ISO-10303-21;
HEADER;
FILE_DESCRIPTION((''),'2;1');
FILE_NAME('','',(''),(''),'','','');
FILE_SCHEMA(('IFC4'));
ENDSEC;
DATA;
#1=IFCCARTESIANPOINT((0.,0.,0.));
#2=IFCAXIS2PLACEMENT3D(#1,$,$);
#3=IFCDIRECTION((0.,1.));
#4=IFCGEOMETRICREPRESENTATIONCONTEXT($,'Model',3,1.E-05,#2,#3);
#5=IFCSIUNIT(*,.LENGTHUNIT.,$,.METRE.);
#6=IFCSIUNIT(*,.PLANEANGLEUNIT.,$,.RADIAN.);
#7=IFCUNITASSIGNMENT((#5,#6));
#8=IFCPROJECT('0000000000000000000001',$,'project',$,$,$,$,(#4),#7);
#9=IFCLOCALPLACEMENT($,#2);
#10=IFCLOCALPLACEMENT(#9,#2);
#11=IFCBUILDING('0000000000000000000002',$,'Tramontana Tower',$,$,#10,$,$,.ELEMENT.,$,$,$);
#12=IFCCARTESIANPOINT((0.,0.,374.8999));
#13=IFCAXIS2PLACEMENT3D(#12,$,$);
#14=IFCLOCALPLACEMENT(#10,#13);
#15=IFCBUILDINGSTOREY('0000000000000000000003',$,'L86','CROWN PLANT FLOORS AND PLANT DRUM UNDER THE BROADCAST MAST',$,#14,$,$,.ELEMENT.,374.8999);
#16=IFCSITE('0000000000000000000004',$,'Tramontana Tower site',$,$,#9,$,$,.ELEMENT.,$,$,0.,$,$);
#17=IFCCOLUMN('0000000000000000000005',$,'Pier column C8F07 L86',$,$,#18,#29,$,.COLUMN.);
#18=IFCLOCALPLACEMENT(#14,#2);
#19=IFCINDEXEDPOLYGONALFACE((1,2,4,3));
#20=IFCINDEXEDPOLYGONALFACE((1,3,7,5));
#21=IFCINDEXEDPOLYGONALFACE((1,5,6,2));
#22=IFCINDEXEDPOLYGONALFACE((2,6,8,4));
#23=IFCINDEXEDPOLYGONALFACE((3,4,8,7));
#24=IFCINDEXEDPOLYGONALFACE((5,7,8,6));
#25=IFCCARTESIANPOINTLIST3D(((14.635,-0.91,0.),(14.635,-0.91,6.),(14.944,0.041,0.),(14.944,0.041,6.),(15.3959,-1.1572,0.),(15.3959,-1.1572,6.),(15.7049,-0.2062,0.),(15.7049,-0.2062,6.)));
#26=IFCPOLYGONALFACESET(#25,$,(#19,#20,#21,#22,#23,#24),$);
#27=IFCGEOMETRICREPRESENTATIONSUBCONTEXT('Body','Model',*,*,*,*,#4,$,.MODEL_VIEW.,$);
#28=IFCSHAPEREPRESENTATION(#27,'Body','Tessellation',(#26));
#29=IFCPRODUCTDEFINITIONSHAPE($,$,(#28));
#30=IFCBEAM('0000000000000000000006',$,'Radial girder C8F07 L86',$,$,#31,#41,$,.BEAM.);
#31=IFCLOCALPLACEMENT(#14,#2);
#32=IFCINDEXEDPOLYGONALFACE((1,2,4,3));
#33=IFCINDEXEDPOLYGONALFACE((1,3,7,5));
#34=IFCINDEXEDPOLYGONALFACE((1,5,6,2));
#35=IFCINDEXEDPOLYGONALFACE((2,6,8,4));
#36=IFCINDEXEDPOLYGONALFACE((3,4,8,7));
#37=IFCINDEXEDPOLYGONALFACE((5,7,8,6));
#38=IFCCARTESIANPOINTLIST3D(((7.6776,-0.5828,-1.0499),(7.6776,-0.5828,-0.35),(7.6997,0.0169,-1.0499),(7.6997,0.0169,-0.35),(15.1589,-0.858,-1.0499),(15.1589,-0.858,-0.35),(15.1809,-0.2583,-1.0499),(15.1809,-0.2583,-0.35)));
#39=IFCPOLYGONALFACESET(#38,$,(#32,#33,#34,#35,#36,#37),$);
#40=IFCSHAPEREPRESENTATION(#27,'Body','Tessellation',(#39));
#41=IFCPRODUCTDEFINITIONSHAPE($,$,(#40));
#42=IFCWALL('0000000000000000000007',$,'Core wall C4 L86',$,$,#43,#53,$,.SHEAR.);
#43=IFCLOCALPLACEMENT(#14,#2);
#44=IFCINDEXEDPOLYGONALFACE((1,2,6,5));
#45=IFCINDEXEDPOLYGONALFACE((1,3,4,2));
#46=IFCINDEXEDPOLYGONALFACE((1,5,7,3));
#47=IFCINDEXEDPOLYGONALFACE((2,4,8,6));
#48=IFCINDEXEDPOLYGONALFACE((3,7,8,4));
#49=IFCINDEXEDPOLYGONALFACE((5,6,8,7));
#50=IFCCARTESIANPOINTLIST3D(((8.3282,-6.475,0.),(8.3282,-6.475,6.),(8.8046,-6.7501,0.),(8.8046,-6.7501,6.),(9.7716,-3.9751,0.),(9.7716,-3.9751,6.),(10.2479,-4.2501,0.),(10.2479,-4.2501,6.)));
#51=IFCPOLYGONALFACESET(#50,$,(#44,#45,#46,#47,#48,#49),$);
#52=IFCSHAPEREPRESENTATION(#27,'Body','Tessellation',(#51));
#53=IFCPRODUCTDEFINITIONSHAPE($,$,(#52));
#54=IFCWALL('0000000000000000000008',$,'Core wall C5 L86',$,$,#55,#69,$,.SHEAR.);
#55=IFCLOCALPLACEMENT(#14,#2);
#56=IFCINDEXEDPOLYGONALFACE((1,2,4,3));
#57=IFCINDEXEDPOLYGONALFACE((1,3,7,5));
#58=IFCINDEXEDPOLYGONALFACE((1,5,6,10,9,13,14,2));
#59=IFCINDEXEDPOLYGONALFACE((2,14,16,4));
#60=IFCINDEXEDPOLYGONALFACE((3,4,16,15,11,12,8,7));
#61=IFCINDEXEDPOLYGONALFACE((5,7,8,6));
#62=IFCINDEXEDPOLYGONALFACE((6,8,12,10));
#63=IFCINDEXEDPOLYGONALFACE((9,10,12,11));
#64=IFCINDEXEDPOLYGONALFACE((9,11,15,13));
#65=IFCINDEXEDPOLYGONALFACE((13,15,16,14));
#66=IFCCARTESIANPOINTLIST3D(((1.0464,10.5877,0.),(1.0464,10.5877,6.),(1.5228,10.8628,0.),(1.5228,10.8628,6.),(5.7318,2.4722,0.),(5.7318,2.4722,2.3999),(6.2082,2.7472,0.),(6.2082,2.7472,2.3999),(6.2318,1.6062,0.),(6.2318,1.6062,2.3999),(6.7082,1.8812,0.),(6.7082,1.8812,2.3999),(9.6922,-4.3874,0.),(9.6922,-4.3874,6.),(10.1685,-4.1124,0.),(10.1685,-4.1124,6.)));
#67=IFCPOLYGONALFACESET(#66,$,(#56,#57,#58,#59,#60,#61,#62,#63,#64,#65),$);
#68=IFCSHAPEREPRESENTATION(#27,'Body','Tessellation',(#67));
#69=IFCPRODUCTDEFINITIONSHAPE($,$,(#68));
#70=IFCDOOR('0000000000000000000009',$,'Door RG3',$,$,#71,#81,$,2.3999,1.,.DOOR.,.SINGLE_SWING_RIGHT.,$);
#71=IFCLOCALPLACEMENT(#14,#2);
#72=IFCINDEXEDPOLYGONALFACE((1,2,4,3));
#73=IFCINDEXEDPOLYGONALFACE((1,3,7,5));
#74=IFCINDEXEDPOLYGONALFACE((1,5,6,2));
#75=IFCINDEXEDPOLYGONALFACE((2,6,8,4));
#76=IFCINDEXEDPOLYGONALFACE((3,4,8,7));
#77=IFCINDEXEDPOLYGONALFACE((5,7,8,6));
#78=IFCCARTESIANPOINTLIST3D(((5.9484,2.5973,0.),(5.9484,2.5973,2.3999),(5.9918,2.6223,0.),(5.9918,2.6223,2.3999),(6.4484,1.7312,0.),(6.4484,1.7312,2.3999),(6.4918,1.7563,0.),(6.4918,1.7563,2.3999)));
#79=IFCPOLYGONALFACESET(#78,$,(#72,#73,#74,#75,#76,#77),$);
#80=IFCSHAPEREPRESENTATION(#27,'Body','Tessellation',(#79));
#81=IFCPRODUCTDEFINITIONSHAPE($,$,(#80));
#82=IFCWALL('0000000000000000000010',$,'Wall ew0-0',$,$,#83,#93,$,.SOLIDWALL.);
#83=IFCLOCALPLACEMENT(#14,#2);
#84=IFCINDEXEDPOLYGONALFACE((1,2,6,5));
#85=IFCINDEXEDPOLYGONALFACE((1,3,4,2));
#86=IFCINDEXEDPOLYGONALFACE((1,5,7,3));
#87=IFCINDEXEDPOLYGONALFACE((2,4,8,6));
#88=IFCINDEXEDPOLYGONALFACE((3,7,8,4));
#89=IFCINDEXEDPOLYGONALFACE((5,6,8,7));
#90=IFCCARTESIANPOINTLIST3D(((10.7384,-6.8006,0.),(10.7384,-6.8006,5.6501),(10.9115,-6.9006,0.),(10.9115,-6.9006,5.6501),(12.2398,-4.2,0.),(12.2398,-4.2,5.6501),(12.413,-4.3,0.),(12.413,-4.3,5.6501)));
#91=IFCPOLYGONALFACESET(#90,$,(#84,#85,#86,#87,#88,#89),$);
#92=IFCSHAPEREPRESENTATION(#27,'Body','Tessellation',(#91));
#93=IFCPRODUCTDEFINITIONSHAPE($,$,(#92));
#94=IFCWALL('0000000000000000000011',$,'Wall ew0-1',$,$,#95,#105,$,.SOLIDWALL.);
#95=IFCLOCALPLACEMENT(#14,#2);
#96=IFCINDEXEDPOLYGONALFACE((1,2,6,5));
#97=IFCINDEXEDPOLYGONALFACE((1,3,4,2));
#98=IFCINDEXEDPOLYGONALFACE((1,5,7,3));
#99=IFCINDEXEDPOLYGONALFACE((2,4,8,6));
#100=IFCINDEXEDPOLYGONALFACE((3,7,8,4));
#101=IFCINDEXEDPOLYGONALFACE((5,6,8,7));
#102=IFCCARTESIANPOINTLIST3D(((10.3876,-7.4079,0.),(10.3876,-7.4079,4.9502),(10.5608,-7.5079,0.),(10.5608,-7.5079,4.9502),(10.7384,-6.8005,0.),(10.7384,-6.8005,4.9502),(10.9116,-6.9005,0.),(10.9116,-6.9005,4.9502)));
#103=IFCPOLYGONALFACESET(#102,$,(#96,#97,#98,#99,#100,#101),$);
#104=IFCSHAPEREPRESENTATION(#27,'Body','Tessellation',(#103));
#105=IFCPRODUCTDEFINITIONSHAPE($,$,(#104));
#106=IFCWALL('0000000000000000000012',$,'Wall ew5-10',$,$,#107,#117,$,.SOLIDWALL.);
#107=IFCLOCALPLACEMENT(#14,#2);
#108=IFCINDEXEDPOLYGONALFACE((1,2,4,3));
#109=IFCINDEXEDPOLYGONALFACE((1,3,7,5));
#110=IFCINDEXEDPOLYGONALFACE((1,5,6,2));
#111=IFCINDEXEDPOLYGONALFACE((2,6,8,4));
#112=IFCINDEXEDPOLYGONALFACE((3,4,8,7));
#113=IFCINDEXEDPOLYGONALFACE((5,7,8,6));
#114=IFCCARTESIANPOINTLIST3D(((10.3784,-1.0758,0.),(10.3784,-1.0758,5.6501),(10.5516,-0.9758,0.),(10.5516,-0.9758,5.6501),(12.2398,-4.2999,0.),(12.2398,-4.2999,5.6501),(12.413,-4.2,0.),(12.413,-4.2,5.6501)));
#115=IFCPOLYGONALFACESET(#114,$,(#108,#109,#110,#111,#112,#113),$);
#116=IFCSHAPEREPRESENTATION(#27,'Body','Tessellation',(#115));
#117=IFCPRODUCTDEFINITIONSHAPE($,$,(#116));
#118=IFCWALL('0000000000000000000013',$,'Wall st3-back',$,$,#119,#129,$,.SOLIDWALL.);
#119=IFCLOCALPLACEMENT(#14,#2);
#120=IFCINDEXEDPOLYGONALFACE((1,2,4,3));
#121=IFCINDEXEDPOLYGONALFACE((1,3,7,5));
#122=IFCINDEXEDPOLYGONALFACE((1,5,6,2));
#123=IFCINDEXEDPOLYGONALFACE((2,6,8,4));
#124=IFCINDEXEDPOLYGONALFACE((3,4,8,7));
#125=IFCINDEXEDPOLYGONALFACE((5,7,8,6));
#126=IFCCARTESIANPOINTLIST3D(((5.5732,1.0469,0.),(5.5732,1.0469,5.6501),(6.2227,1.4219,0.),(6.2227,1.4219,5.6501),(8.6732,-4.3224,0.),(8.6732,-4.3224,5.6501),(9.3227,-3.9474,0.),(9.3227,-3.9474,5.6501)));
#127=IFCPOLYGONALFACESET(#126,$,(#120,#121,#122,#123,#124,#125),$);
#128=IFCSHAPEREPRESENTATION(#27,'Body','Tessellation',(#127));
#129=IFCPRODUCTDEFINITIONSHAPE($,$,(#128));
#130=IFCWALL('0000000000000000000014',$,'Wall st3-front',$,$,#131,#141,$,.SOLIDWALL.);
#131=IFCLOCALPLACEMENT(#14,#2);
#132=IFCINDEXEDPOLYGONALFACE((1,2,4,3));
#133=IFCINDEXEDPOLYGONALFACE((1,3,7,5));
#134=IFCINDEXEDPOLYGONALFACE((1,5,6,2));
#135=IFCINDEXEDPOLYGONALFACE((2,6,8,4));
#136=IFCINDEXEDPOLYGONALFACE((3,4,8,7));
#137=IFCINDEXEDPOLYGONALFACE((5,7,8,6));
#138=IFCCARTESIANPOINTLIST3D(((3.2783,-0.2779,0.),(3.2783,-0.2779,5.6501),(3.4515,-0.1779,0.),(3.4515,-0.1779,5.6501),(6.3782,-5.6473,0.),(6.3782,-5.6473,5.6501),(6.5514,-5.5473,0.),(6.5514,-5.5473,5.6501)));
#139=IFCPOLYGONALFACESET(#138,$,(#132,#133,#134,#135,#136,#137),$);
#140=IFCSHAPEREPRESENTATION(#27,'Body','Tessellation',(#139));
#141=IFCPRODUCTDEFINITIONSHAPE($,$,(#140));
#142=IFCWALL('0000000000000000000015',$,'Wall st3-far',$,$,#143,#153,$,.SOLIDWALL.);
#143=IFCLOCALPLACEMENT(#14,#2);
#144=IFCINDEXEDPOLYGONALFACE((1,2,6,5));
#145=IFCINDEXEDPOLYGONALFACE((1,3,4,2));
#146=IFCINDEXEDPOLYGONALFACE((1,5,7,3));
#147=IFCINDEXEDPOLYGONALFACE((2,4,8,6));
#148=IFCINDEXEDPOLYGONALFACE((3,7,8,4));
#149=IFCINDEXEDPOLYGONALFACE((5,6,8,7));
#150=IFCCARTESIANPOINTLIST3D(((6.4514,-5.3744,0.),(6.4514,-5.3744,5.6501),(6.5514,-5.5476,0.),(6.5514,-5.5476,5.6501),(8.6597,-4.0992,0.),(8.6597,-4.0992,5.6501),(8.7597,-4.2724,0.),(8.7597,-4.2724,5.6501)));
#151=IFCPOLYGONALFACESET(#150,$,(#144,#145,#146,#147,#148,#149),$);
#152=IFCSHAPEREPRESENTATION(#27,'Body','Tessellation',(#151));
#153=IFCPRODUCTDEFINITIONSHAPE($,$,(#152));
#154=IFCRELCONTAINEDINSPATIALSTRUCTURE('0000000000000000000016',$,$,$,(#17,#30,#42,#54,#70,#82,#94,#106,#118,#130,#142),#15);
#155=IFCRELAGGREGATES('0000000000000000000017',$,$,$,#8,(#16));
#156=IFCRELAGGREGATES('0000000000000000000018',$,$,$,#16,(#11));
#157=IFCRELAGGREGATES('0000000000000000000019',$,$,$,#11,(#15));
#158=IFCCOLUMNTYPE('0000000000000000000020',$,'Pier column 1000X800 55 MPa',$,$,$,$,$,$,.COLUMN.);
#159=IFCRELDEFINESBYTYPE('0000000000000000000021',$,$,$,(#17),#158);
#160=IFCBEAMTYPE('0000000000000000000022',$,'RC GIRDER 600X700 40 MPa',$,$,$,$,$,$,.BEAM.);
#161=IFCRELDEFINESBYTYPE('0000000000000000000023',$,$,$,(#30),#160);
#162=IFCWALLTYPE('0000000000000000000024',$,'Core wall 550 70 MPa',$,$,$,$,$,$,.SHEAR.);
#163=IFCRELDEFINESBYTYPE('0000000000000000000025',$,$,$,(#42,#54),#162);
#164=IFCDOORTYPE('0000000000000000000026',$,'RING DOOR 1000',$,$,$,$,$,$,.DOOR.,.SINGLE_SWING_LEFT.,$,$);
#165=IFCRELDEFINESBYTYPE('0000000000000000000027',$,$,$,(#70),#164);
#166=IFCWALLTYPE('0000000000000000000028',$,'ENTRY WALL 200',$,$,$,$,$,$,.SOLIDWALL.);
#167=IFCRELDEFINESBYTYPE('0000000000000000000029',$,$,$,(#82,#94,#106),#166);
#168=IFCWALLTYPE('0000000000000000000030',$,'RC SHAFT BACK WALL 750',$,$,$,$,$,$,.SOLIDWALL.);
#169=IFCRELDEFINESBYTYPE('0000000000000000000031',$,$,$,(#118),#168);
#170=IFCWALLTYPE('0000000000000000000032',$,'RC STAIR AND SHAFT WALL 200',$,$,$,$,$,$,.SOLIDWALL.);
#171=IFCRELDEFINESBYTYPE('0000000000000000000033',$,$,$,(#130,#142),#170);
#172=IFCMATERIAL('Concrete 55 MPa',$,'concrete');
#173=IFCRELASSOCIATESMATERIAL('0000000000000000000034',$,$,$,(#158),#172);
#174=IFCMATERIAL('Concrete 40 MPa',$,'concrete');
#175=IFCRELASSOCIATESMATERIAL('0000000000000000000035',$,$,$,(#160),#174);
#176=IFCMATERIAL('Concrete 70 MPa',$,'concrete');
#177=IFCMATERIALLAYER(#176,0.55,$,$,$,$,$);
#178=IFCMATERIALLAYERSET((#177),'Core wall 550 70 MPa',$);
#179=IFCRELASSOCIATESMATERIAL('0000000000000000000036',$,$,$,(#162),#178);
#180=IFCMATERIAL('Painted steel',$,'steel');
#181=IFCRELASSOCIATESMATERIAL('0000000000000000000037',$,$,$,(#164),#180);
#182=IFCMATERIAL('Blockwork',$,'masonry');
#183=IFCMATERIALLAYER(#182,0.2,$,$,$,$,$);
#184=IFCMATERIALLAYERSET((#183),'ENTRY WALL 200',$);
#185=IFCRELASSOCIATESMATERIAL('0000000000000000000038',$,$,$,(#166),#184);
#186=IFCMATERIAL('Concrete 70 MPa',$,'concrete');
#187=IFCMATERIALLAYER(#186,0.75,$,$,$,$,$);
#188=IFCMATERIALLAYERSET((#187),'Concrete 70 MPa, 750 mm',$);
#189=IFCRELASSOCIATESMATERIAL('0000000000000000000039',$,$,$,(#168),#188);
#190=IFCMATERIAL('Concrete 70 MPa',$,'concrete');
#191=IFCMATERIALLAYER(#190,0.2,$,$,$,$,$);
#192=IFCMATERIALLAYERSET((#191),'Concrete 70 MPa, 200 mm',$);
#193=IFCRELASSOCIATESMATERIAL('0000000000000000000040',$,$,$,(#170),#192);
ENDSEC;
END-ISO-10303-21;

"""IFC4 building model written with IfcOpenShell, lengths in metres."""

from ifc_helpers import new_model, si_unit, direction, frame, frame_2d, origin, origin_2d, place, context, subcontext, project, spatial, rectangle, extrude, material, layer, layer_set, material_profile, profile_set, type_object, element, fill, save


model = new_model("IFC4")

# Units and contexts
model_context = context("Model", 3, precision=1e-05, world=origin(), true_north=direction((0.0, 1.0)))
body_context = subcontext(model_context, "Body", "Model", "MODEL_VIEW")
ifc_project = project(units=[si_unit("LENGTHUNIT", "METRE"), si_unit("PLANEANGLEUNIT", "RADIAN")], contexts=[model_context])

# Site, building, storey
site_placement = place(None, origin())
site = spatial("IfcSite", under=ifc_project, at=site_placement, Name="Tramontana Tower site", CompositionType="ELEMENT", RefElevation=0.0)
building_placement = place(site_placement, origin())
building = spatial("IfcBuilding", under=site, at=building_placement, Name="Tramontana Tower", CompositionType="ELEMENT")
storey_placement = place(building_placement, frame((0.0, 0.0, 374.8999)))
storey = spatial("IfcBuildingStorey", under=building, at=storey_placement, Name="L86", Description="CROWN PLANT FLOORS AND PLANT DRUM UNDER THE BROADCAST MAST", CompositionType="ELEMENT", Elevation=374.8999)

# Column
ifc_material_1 = material(Name="Concrete 55 MPa", Category="concrete")
ifc_material_profile_1 = material_profile(ifc_material_1, rectangle(XDim=1.0, YDim=0.8, at=origin_2d()), Name="Pier column 1000X800 55 MPa")
ifc_profile_set_1 = profile_set([ifc_material_profile_1], Name="Concrete 55 MPa")
column_type = type_object("IfcColumnType", Name="Pier column 1000X800 55 MPa", PredefinedType="COLUMN", material=ifc_profile_set_1)
column_placement = place(storey_placement, frame((15.1699, -0.5581, 0.0), z_axis=(0.0, 0.0, 1.0), x_axis=(0.309017, 0.951057, 0.0)))
element("IfcColumn", 1, at=column_placement, inside=storey, type_object=column_type, Name="Pier column C8F07 L86", PredefinedType="COLUMN", context=body_context, shape_type="SweptSolid", body=[
    extrude(rectangle(XDim=1.0, YDim=0.8, at=origin_2d()), origin(), (0.0, 0.0, 1.0), 6.0),
])

# Beam
ifc_material_2 = material(Name="Concrete 40 MPa", Category="concrete")
ifc_material_profile_2 = material_profile(ifc_material_2, rectangle(XDim=0.6001, YDim=0.7, at=origin_2d()), Name="RC GIRDER 600X700 40 MPa")
ifc_profile_set_2 = profile_set([ifc_material_profile_2], Name="Concrete 40 MPa")
beam_type = type_object("IfcBeamType", Name="RC GIRDER 600X700 40 MPa", PredefinedType="BEAM", material=ifc_profile_set_2)
beam_placement = place(storey_placement, frame((15.1699, -0.5581, -0.7), z_axis=(-0.999324, 0.036754, 0.0), x_axis=(-0.036754, -0.999324, 0.0)))
element("IfcBeam", 2, at=beam_placement, inside=storey, type_object=beam_type, Name="Radial girder C8F07 L86", PredefinedType="BEAM", context=body_context, shape_type="SweptSolid", body=[
    extrude(rectangle(XDim=0.6001, YDim=0.7, at=origin_2d()), origin(), (0.0, 0.0, 1.0), 7.4863),
])

# Wall
ifc_material_3 = material(Name="Concrete 70 MPa", Category="concrete")
ifc_layer_1 = layer(ifc_material_3, 0.55)
ifc_layer_set_1 = layer_set([ifc_layer_1], Name="Core wall 550 70 MPa")
wall_type_1 = type_object("IfcWallType", Name="Core wall 550 70 MPa", PredefinedType="SHEAR", material=ifc_layer_set_1)
wall_1_placement = place(storey_placement, frame((8.5664, -6.6125, 0.0), z_axis=(0.0, 0.0, 1.0), x_axis=(0.499996, 0.866028, 0.0)))
element("IfcWall", 3, at=wall_1_placement, inside=storey, type_object=wall_type_1, Name="Core wall C4 L86", PredefinedType="SHEAR", context=body_context, shape_type="SweptSolid", body=[
    extrude(rectangle(XDim=2.8867, YDim=0.55, at=frame_2d((1.4434, 0.0))), origin(), (0.0, 0.0, 1.0), 6.0),
])

# Wall, opening, door
wall_2_placement = place(storey_placement, frame((9.9304, -4.25, 0.0), z_axis=(0.0, 0.0, 1.0), x_axis=(-0.499995, 0.866029, 0.0)))
wall_2 = element("IfcWall", 4, at=wall_2_placement, inside=storey, type_object=wall_type_1, Name="Core wall C5 L86", PredefinedType="SHEAR", context=body_context, shape_type="SweptSolid", body=[
    extrude(rectangle(XDim=17.2917, YDim=0.55, at=frame_2d((8.646, 0.0))), origin(), (0.0, 0.0, 1.0), 6.0),
])
opening_1_placement = place(wall_2_placement, frame((6.9209, 0.0, 0.0)))
opening_1 = element("IfcOpeningElement", 5, at=opening_1_placement, cuts=wall_2, PredefinedType="OPENING", context=body_context, shape_type="SweptSolid", body=[
    extrude(rectangle(XDim=1.0, YDim=2.3999, at=frame_2d((0.5, 1.2))), frame((0.0, 0.2849, 0.0), z_axis=(0.0, -1.0, 0.0), x_axis=(1.0, 0.0, 0.0)), (0.0, 0.0, 1.0), 0.5701),
])
ifc_material_4 = material(Name="Painted steel", Category="steel")
door_type_1 = type_object("IfcDoorType", Name="RING DOOR 1000", OperationType="SINGLE_SWING_LEFT", PredefinedType="DOOR", material=ifc_material_4)
door_1_placement = place(opening_1_placement, origin())
door_1 = element("IfcDoor", 6, at=door_1_placement, inside=storey, type_object=door_type_1, Name="Door RG3", OperationType="SINGLE_SWING_RIGHT", OverallHeight=2.3999, OverallWidth=1.0, PredefinedType="DOOR", context=body_context, shape_type="SweptSolid", body=[
    extrude(rectangle(XDim=1.0, YDim=2.3999, at=frame_2d((0.5, 1.2))), frame((0.0, 0.0249, 0.0), z_axis=(0.0, -1.0, 0.0), x_axis=(1.0, 0.0, 0.0)), (0.0, 0.0, 1.0), 0.05),
])
fill(opening_1, door_1)

# Walls
ifc_material_5 = material(Name="Blockwork", Category="masonry")
ifc_layer_2 = layer(ifc_material_5, 0.2)
ifc_layer_set_2 = layer_set([ifc_layer_2], Name="ENTRY WALL 200")
wall_type_2 = type_object("IfcWallType", Name="ENTRY WALL 200", PredefinedType="SOLIDWALL", material=ifc_layer_set_2)
wall_3_placement = place(storey_placement, frame((12.3264, -4.25, 0.0), z_axis=(0.0, 0.0, 1.0), x_axis=(-0.500004, -0.866023, 0.0)))
element("IfcWall", 7, at=wall_3_placement, inside=storey, type_object=wall_type_2, Name="Wall ew0-0", PredefinedType="SOLIDWALL", context=body_context, shape_type="SweptSolid", body=[
    extrude(rectangle(XDim=3.0029, YDim=0.2, at=frame_2d((1.5015, 0.0))), origin(), (0.0, 0.0, 1.0), 5.6501),
])
wall_4_placement = place(storey_placement, frame((10.825, -6.8506, 0.0), z_axis=(0.0, 0.0, 1.0), x_axis=(-0.500144, -0.865942, 0.0)))
element("IfcWall", 8, at=wall_4_placement, inside=storey, type_object=wall_type_2, Name="Wall ew0-1", PredefinedType="SOLIDWALL", context=body_context, shape_type="SweptSolid", body=[
    extrude(rectangle(XDim=0.7014, YDim=0.2, at=frame_2d((0.3506, 0.0))), origin(), (0.0, 0.0, 1.0), 4.9502),
])
wall_5_placement = place(storey_placement, frame((10.4651, -1.0259, 0.0), z_axis=(0.0, 0.0, 1.0), x_axis=(0.499976, -0.866039, 0.0)))
element("IfcWall", 9, at=wall_5_placement, inside=storey, type_object=wall_type_2, Name="Wall ew5-10", PredefinedType="SOLIDWALL", context=body_context, shape_type="SweptSolid", body=[
    extrude(rectangle(XDim=3.7229, YDim=0.2, at=frame_2d((1.8613, 0.0))), origin(), (0.0, 0.0, 1.0), 5.6501),
])
ifc_material_6 = material(Name="Concrete 70 MPa", Category="concrete")
ifc_layer_3 = layer(ifc_material_6, 0.75)
ifc_layer_set_3 = layer_set([ifc_layer_3], Name="Concrete 70 MPa, 750 mm")
wall_type_3 = type_object("IfcWallType", Name="RC SHAFT BACK WALL 750", PredefinedType="SOLIDWALL", material=ifc_layer_set_3)
wall_6_placement = place(storey_placement, frame((8.998, -4.135, 0.0), z_axis=(0.0, 0.0, 1.0), x_axis=(-0.50001, 0.86602, 0.0)))
element("IfcWall", 10, at=wall_6_placement, inside=storey, type_object=wall_type_3, Name="Wall st3-back", PredefinedType="SOLIDWALL", context=body_context, shape_type="SweptSolid", body=[
    extrude(rectangle(XDim=6.2, YDim=0.75, at=frame_2d((3.1001, 0.0))), origin(), (0.0, 0.0, 1.0), 5.6501),
])
ifc_material_7 = material(Name="Concrete 70 MPa", Category="concrete")
ifc_layer_4 = layer(ifc_material_7, 0.2)
ifc_layer_set_4 = layer_set([ifc_layer_4], Name="Concrete 70 MPa, 200 mm")
wall_type_4 = type_object("IfcWallType", Name="RC STAIR AND SHAFT WALL 200", PredefinedType="SOLIDWALL", material=ifc_layer_set_4)
wall_7_placement = place(storey_placement, frame((6.4648, -5.5974, 0.0), z_axis=(0.0, 0.0, 1.0), x_axis=(-0.49998, 0.866037, 0.0)))
element("IfcWall", 11, at=wall_7_placement, inside=storey, type_object=wall_type_4, Name="Wall st3-front", PredefinedType="SOLIDWALL", context=body_context, shape_type="SweptSolid", body=[
    extrude(rectangle(XDim=6.2, YDim=0.2, at=frame_2d((3.1001, 0.0))), origin(), (0.0, 0.0, 1.0), 5.6501),
])
wall_8_placement = place(storey_placement, frame((6.5015, -5.4609, 0.0), z_axis=(0.0, 0.0, 1.0), x_axis=(0.865989, 0.500062, 0.0)))
element("IfcWall", 12, at=wall_8_placement, inside=storey, type_object=wall_type_4, Name="Wall st3-far", PredefinedType="SOLIDWALL", context=body_context, shape_type="SweptSolid", body=[
    extrude(rectangle(XDim=2.55, YDim=0.2, at=frame_2d((1.2749, 0.0))), origin(), (0.0, 0.0, 1.0), 5.6501),
])

save(model, "model.ifc")
